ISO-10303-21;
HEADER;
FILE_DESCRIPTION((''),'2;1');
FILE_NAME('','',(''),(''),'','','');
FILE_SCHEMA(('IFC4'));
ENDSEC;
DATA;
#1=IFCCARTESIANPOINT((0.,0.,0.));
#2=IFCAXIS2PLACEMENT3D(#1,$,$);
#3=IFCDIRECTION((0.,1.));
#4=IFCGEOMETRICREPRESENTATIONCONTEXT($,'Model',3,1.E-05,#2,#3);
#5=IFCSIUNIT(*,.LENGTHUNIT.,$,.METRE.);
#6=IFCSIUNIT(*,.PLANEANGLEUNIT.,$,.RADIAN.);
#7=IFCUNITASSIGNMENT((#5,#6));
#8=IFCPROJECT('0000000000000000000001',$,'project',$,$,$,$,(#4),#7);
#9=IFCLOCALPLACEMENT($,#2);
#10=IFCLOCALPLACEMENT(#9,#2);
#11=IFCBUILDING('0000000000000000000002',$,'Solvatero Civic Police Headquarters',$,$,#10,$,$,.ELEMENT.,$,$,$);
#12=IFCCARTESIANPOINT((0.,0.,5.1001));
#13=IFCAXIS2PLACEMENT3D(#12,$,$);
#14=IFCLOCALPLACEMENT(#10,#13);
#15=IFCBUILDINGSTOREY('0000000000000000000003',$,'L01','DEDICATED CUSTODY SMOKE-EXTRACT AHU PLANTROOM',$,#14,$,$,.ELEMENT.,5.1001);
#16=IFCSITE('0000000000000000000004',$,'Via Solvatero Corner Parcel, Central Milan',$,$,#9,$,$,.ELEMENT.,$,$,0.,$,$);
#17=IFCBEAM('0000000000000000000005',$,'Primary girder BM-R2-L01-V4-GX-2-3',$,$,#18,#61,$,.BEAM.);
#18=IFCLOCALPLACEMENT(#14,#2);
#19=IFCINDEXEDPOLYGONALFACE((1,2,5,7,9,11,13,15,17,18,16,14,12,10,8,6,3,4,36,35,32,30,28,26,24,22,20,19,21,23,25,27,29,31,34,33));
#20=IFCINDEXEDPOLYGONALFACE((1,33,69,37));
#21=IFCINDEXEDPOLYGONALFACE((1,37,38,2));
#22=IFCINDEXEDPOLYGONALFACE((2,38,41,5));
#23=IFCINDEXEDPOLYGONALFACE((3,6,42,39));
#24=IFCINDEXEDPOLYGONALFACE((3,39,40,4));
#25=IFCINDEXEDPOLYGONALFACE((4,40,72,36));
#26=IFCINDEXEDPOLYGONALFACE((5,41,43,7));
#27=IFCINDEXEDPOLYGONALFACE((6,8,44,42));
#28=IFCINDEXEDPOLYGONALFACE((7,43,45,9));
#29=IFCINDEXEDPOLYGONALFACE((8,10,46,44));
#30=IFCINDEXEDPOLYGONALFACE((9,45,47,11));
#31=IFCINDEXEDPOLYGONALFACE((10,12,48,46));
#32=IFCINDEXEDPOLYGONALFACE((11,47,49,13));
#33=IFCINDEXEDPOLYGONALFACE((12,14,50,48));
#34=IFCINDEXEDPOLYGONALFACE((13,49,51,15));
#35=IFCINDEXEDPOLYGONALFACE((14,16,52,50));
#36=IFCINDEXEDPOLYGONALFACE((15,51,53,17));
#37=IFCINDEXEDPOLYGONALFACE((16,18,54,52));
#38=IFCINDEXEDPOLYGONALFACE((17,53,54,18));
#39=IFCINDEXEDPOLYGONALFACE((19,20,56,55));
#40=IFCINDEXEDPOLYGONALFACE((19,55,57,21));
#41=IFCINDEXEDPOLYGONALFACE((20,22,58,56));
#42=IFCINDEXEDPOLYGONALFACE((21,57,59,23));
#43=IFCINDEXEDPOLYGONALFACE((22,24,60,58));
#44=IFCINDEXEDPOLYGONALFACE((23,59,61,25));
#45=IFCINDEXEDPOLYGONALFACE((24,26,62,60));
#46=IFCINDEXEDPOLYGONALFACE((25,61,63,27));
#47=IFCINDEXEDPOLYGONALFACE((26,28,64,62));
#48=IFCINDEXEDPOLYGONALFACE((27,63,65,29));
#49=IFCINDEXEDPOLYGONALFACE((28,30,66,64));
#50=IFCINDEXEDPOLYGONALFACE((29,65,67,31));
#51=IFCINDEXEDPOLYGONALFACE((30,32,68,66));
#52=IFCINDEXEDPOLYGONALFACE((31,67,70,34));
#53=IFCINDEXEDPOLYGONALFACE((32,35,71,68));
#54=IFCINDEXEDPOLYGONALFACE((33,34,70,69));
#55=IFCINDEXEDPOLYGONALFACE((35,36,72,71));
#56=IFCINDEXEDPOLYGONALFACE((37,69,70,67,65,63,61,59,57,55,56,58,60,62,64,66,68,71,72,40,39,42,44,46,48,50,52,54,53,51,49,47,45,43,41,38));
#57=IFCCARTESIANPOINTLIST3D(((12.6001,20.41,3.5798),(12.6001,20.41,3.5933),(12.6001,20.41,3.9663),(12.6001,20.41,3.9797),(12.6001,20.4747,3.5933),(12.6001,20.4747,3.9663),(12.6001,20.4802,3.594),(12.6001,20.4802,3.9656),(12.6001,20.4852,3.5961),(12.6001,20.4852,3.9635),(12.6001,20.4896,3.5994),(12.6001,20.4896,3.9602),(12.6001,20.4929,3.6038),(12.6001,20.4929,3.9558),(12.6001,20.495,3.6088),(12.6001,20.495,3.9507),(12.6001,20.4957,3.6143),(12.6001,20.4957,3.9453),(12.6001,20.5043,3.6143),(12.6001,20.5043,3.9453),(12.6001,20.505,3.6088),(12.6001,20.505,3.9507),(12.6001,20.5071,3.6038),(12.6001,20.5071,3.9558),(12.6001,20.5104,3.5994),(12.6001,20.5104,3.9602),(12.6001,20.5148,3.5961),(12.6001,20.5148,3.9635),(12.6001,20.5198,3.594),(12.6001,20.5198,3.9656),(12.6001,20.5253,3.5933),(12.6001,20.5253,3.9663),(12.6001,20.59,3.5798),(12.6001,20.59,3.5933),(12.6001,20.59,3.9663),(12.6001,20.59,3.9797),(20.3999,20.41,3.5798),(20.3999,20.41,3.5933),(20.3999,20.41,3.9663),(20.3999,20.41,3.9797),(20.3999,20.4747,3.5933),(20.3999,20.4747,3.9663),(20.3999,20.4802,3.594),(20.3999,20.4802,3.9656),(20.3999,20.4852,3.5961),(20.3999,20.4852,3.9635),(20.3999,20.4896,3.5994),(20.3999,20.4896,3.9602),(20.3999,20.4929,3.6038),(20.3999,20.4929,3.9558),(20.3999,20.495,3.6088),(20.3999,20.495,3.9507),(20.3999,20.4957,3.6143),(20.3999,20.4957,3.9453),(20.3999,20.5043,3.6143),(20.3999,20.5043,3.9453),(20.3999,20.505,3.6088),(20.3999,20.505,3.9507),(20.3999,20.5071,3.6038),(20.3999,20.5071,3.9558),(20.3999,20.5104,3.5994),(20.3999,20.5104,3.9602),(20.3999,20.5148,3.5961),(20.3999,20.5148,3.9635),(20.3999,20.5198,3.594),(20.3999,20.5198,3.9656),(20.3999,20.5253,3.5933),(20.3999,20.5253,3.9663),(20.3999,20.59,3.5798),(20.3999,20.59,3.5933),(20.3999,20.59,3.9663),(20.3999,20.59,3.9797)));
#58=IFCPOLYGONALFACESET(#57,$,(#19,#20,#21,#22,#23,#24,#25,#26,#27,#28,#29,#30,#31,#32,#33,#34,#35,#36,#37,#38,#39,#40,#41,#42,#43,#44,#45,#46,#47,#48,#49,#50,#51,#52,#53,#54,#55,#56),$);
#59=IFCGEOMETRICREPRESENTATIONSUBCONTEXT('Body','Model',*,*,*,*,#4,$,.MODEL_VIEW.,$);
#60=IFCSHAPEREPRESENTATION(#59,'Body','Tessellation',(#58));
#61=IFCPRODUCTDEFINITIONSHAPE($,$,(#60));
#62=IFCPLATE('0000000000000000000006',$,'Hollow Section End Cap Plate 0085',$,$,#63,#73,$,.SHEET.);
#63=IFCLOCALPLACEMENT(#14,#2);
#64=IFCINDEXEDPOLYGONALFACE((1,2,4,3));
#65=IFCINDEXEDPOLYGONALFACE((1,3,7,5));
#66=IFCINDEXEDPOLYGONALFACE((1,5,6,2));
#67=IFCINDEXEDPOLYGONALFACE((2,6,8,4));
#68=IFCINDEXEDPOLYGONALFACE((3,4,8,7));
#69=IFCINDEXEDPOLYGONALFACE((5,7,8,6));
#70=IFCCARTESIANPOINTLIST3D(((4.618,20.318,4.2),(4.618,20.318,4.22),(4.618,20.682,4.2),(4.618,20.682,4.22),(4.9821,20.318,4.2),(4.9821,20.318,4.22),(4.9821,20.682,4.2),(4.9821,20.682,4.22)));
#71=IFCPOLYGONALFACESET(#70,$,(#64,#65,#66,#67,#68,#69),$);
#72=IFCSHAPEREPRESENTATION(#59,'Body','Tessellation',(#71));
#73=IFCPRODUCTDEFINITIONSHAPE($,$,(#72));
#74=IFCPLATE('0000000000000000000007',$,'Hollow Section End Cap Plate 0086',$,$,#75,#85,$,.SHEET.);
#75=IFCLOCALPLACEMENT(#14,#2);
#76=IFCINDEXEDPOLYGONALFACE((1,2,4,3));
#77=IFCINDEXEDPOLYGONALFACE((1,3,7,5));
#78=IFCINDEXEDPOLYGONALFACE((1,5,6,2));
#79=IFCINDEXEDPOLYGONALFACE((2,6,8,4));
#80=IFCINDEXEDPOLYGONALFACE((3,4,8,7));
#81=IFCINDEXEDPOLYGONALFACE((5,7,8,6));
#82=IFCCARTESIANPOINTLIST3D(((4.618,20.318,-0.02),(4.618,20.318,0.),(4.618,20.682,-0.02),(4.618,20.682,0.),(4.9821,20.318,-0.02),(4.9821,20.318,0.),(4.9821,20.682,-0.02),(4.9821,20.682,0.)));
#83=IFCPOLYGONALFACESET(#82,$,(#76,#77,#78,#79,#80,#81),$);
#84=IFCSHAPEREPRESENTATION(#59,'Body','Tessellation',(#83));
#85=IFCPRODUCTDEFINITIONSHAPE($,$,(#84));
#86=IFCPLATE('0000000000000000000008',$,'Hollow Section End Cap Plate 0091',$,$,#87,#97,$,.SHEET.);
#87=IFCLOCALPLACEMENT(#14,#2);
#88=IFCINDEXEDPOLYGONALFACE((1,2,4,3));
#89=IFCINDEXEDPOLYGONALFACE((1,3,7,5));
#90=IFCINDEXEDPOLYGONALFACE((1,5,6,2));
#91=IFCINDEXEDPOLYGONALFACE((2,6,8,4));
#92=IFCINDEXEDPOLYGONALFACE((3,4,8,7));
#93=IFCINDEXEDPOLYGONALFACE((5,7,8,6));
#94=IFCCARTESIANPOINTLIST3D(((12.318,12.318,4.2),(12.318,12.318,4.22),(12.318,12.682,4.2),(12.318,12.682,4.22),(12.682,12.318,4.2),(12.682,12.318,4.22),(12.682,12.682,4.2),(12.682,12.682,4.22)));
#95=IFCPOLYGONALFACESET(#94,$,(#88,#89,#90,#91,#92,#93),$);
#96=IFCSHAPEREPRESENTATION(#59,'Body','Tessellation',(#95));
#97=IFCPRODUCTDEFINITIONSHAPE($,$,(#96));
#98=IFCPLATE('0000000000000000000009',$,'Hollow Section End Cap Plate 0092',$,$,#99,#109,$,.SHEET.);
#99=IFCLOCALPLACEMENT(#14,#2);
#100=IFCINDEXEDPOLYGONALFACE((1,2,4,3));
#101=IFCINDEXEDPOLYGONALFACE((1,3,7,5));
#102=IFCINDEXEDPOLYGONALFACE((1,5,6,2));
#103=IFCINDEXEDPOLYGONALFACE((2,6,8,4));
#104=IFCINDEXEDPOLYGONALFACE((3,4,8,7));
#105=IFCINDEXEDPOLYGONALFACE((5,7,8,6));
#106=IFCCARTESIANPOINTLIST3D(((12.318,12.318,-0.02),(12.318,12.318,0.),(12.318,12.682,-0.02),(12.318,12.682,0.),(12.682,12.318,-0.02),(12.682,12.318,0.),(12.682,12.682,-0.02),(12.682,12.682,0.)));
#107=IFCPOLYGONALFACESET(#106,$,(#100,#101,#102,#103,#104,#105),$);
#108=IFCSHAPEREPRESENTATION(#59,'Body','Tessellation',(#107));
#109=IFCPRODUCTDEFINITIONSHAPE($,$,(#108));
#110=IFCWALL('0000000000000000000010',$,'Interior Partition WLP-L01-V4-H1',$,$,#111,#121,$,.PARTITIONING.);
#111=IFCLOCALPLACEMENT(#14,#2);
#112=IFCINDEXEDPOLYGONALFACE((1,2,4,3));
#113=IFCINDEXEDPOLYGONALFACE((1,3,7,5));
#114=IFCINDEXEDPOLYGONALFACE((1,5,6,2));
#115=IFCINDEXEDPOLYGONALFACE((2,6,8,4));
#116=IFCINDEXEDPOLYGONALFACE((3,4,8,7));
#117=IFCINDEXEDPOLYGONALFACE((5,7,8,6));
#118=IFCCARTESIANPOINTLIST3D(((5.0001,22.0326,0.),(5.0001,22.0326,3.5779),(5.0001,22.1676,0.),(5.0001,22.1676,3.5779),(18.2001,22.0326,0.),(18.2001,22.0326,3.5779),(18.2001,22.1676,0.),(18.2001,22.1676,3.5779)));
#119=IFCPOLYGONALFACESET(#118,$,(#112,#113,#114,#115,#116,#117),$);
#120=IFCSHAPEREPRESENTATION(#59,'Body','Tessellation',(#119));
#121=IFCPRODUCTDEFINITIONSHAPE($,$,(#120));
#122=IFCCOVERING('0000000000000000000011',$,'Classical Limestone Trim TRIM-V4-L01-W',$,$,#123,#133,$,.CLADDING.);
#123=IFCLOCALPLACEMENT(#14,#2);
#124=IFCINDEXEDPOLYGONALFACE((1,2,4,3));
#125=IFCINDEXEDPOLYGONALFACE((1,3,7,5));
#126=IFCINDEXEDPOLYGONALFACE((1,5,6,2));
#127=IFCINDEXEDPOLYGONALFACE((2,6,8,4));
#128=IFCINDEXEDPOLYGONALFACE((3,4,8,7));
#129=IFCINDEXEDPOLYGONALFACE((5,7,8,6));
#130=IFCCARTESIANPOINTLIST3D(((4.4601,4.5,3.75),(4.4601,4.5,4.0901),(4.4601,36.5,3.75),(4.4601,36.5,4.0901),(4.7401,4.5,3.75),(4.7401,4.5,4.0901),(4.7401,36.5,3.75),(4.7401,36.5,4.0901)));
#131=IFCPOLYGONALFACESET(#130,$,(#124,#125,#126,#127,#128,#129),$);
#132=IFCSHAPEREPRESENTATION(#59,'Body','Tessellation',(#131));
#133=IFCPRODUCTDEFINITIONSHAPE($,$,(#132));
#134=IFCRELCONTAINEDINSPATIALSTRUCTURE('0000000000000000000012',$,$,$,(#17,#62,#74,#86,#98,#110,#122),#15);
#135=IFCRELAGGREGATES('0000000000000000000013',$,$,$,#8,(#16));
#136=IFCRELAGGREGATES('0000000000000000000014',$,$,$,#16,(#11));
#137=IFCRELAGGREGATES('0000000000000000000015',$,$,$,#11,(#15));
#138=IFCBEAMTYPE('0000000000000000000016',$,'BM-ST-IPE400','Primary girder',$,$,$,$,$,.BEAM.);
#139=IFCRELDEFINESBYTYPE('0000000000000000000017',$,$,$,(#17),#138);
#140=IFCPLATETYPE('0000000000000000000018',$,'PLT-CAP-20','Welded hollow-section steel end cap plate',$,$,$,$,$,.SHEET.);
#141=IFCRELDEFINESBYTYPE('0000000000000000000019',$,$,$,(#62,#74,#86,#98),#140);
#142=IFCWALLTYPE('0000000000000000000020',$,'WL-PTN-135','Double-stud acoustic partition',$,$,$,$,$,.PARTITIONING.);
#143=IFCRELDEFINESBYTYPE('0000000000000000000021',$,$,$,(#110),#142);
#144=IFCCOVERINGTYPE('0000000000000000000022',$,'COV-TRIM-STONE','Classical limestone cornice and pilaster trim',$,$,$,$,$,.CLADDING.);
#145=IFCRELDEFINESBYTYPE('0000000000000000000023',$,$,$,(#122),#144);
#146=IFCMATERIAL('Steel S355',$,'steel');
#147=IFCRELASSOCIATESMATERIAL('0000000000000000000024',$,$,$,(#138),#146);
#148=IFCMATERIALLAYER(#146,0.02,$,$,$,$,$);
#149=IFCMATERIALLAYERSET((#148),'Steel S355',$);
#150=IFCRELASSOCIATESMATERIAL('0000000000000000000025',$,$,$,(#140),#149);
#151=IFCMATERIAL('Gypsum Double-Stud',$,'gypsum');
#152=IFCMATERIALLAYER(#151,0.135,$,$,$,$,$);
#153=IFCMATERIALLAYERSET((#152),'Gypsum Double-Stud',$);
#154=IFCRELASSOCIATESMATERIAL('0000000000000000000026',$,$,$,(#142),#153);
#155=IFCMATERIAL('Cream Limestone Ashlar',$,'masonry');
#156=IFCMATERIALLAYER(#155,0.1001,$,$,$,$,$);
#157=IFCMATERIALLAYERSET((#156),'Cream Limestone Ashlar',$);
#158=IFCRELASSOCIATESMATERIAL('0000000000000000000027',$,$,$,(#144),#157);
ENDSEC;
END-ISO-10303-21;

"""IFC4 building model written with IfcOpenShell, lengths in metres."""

from ifc_helpers import new_model, si_unit, direction, frame, frame_2d, origin, origin_2d, place, context, subcontext, project, spatial, rectangle, i_section, extrude, material, layer, layer_set, material_profile, profile_set, type_object, element, save


model = new_model("IFC4")

# Units and contexts
model_context = context("Model", 3, precision=1e-05, world=origin(), true_north=direction((0.0, 1.0)))
body_context = subcontext(model_context, "Body", "Model", "MODEL_VIEW")
ifc_project = project(units=[si_unit("LENGTHUNIT", "METRE"), si_unit("PLANEANGLEUNIT", "RADIAN")], contexts=[model_context])

# Site, building, storey
site_placement = place(None, origin())
site = spatial("IfcSite", under=ifc_project, at=site_placement, Name="Via Solvatero Corner Parcel, Central Milan", CompositionType="ELEMENT", RefElevation=0.0)
building_placement = place(site_placement, origin())
building = spatial("IfcBuilding", under=site, at=building_placement, Name="Solvatero Civic Police Headquarters", CompositionType="ELEMENT")
storey_placement = place(building_placement, frame((0.0, 0.0, 5.1001)))
storey = spatial("IfcBuildingStorey", under=building, at=storey_placement, Name="L01", Description="DEDICATED CUSTODY SMOKE-EXTRACT AHU PLANTROOM", CompositionType="ELEMENT", Elevation=5.1001)

# Shared definitions
ifc_material_1 = material(Name="Steel S355", Category="steel")

# Beam
ifc_material_profile_1 = material_profile(ifc_material_1, i_section(OverallWidth=0.1799, OverallDepth=0.3999, WebThickness=0.0085, FlangeThickness=0.0134, FilletRadius=0.021, at=origin_2d()), Name="IPE 400")
ifc_profile_set_1 = profile_set([ifc_material_profile_1], Name="Steel S355")
beam_type_1 = type_object("IfcBeamType", Name="BM-ST-IPE400", Description="Primary girder", PredefinedType="BEAM", material=ifc_profile_set_1)
beam_1_placement = place(storey_placement, frame((12.6001, 20.5, 3.7798), z_axis=(1.0, 0.0, 0.0), x_axis=(0.0, 1.0, 0.0)))
element("IfcBeam", 1, at=beam_1_placement, inside=storey, type_object=beam_type_1, Name="Primary girder BM-R2-L01-V4-GX-2-3", PredefinedType="BEAM", context=body_context, shape_type="SweptSolid", body=[
    extrude(i_section(OverallWidth=0.1799, OverallDepth=0.3999, WebThickness=0.0085, FlangeThickness=0.0134, FilletRadius=0.021, at=origin_2d()), origin(), (0.0, 0.0, 1.0), 7.7998),
])

# Plates
ifc_layer_1 = layer(ifc_material_1, 0.02)
ifc_layer_set_1 = layer_set([ifc_layer_1], Name="Steel S355")
plate_type = type_object("IfcPlateType", Name="PLT-CAP-20", Description="Welded hollow-section steel end cap plate", PredefinedType="SHEET", material=ifc_layer_set_1)
for number, where, z_axis, x_axis, name in (
    (2, (4.8, 20.5, 4.2), (0.0, 0.0, 1.0), (1.0, 0.0, 0.0), "Hollow Section End Cap Plate 0085"),
    (3, (4.8, 20.5, -0.02), (0.0, 0.0, 1.0), (1.0, 0.0, 0.0), "Hollow Section End Cap Plate 0086"),
    (4, (12.5, 12.5, 4.2), (0.0, 0.0, 1.0), (1.0, 0.0, 0.0), "Hollow Section End Cap Plate 0091"),
    (5, (12.5, 12.5, -0.02), (0.0, 0.0, 1.0), (1.0, 0.0, 0.0), "Hollow Section End Cap Plate 0092"),
):
    element("IfcPlate", number, at=place(storey_placement, frame(where, z_axis=z_axis, x_axis=x_axis)), inside=storey, type_object=plate_type, Name=name, PredefinedType="SHEET", context=body_context, shape_type="SweptSolid", body=[
        extrude(rectangle(XDim=0.364, YDim=0.364, at=origin_2d()), origin(), (0.0, 0.0, 1.0), 0.02),
    ])

# Wall
ifc_material_2 = material(Name="Gypsum Double-Stud", Category="gypsum")
ifc_layer_2 = layer(ifc_material_2, 0.135)
ifc_layer_set_2 = layer_set([ifc_layer_2], Name="Gypsum Double-Stud")
wall_type = type_object("IfcWallType", Name="WL-PTN-135", Description="Double-stud acoustic partition", PredefinedType="PARTITIONING", material=ifc_layer_set_2)
wall_placement = place(storey_placement, frame((5.0, 22.1001, 0.0), z_axis=(0.0, 0.0, 1.0), x_axis=(1.0, 0.0, 0.0)))
element("IfcWall", 6, at=wall_placement, inside=storey, type_object=wall_type, Name="Interior Partition WLP-L01-V4-H1", PredefinedType="PARTITIONING", context=body_context, shape_type="SweptSolid", body=[
    extrude(rectangle(XDim=13.2, YDim=0.135, at=frame_2d((6.6001, 0.0))), origin(), (0.0, 0.0, 1.0), 3.5779),
])

# Covering
ifc_material_3 = material(Name="Cream Limestone Ashlar", Category="masonry")
ifc_layer_3 = layer(ifc_material_3, 0.1001)
ifc_layer_set_3 = layer_set([ifc_layer_3], Name="Cream Limestone Ashlar")
covering_type = type_object("IfcCoveringType", Name="COV-TRIM-STONE", Description="Classical limestone cornice and pilaster trim", PredefinedType="CLADDING", material=ifc_layer_set_3)
covering_placement = place(storey_placement, frame((4.6001, 20.5, 3.75), z_axis=(0.0, 0.0, 1.0), x_axis=(1.0, 0.0, 0.0)))
element("IfcCovering", 7, at=covering_placement, inside=storey, type_object=covering_type, Name="Classical Limestone Trim TRIM-V4-L01-W", PredefinedType="CLADDING", context=body_context, shape_type="SweptSolid", body=[
    extrude(rectangle(XDim=0.28, YDim=32.0, at=origin_2d()), origin(), (0.0, 0.0, 1.0), 0.3401),
])

save(model, "model.ifc")
